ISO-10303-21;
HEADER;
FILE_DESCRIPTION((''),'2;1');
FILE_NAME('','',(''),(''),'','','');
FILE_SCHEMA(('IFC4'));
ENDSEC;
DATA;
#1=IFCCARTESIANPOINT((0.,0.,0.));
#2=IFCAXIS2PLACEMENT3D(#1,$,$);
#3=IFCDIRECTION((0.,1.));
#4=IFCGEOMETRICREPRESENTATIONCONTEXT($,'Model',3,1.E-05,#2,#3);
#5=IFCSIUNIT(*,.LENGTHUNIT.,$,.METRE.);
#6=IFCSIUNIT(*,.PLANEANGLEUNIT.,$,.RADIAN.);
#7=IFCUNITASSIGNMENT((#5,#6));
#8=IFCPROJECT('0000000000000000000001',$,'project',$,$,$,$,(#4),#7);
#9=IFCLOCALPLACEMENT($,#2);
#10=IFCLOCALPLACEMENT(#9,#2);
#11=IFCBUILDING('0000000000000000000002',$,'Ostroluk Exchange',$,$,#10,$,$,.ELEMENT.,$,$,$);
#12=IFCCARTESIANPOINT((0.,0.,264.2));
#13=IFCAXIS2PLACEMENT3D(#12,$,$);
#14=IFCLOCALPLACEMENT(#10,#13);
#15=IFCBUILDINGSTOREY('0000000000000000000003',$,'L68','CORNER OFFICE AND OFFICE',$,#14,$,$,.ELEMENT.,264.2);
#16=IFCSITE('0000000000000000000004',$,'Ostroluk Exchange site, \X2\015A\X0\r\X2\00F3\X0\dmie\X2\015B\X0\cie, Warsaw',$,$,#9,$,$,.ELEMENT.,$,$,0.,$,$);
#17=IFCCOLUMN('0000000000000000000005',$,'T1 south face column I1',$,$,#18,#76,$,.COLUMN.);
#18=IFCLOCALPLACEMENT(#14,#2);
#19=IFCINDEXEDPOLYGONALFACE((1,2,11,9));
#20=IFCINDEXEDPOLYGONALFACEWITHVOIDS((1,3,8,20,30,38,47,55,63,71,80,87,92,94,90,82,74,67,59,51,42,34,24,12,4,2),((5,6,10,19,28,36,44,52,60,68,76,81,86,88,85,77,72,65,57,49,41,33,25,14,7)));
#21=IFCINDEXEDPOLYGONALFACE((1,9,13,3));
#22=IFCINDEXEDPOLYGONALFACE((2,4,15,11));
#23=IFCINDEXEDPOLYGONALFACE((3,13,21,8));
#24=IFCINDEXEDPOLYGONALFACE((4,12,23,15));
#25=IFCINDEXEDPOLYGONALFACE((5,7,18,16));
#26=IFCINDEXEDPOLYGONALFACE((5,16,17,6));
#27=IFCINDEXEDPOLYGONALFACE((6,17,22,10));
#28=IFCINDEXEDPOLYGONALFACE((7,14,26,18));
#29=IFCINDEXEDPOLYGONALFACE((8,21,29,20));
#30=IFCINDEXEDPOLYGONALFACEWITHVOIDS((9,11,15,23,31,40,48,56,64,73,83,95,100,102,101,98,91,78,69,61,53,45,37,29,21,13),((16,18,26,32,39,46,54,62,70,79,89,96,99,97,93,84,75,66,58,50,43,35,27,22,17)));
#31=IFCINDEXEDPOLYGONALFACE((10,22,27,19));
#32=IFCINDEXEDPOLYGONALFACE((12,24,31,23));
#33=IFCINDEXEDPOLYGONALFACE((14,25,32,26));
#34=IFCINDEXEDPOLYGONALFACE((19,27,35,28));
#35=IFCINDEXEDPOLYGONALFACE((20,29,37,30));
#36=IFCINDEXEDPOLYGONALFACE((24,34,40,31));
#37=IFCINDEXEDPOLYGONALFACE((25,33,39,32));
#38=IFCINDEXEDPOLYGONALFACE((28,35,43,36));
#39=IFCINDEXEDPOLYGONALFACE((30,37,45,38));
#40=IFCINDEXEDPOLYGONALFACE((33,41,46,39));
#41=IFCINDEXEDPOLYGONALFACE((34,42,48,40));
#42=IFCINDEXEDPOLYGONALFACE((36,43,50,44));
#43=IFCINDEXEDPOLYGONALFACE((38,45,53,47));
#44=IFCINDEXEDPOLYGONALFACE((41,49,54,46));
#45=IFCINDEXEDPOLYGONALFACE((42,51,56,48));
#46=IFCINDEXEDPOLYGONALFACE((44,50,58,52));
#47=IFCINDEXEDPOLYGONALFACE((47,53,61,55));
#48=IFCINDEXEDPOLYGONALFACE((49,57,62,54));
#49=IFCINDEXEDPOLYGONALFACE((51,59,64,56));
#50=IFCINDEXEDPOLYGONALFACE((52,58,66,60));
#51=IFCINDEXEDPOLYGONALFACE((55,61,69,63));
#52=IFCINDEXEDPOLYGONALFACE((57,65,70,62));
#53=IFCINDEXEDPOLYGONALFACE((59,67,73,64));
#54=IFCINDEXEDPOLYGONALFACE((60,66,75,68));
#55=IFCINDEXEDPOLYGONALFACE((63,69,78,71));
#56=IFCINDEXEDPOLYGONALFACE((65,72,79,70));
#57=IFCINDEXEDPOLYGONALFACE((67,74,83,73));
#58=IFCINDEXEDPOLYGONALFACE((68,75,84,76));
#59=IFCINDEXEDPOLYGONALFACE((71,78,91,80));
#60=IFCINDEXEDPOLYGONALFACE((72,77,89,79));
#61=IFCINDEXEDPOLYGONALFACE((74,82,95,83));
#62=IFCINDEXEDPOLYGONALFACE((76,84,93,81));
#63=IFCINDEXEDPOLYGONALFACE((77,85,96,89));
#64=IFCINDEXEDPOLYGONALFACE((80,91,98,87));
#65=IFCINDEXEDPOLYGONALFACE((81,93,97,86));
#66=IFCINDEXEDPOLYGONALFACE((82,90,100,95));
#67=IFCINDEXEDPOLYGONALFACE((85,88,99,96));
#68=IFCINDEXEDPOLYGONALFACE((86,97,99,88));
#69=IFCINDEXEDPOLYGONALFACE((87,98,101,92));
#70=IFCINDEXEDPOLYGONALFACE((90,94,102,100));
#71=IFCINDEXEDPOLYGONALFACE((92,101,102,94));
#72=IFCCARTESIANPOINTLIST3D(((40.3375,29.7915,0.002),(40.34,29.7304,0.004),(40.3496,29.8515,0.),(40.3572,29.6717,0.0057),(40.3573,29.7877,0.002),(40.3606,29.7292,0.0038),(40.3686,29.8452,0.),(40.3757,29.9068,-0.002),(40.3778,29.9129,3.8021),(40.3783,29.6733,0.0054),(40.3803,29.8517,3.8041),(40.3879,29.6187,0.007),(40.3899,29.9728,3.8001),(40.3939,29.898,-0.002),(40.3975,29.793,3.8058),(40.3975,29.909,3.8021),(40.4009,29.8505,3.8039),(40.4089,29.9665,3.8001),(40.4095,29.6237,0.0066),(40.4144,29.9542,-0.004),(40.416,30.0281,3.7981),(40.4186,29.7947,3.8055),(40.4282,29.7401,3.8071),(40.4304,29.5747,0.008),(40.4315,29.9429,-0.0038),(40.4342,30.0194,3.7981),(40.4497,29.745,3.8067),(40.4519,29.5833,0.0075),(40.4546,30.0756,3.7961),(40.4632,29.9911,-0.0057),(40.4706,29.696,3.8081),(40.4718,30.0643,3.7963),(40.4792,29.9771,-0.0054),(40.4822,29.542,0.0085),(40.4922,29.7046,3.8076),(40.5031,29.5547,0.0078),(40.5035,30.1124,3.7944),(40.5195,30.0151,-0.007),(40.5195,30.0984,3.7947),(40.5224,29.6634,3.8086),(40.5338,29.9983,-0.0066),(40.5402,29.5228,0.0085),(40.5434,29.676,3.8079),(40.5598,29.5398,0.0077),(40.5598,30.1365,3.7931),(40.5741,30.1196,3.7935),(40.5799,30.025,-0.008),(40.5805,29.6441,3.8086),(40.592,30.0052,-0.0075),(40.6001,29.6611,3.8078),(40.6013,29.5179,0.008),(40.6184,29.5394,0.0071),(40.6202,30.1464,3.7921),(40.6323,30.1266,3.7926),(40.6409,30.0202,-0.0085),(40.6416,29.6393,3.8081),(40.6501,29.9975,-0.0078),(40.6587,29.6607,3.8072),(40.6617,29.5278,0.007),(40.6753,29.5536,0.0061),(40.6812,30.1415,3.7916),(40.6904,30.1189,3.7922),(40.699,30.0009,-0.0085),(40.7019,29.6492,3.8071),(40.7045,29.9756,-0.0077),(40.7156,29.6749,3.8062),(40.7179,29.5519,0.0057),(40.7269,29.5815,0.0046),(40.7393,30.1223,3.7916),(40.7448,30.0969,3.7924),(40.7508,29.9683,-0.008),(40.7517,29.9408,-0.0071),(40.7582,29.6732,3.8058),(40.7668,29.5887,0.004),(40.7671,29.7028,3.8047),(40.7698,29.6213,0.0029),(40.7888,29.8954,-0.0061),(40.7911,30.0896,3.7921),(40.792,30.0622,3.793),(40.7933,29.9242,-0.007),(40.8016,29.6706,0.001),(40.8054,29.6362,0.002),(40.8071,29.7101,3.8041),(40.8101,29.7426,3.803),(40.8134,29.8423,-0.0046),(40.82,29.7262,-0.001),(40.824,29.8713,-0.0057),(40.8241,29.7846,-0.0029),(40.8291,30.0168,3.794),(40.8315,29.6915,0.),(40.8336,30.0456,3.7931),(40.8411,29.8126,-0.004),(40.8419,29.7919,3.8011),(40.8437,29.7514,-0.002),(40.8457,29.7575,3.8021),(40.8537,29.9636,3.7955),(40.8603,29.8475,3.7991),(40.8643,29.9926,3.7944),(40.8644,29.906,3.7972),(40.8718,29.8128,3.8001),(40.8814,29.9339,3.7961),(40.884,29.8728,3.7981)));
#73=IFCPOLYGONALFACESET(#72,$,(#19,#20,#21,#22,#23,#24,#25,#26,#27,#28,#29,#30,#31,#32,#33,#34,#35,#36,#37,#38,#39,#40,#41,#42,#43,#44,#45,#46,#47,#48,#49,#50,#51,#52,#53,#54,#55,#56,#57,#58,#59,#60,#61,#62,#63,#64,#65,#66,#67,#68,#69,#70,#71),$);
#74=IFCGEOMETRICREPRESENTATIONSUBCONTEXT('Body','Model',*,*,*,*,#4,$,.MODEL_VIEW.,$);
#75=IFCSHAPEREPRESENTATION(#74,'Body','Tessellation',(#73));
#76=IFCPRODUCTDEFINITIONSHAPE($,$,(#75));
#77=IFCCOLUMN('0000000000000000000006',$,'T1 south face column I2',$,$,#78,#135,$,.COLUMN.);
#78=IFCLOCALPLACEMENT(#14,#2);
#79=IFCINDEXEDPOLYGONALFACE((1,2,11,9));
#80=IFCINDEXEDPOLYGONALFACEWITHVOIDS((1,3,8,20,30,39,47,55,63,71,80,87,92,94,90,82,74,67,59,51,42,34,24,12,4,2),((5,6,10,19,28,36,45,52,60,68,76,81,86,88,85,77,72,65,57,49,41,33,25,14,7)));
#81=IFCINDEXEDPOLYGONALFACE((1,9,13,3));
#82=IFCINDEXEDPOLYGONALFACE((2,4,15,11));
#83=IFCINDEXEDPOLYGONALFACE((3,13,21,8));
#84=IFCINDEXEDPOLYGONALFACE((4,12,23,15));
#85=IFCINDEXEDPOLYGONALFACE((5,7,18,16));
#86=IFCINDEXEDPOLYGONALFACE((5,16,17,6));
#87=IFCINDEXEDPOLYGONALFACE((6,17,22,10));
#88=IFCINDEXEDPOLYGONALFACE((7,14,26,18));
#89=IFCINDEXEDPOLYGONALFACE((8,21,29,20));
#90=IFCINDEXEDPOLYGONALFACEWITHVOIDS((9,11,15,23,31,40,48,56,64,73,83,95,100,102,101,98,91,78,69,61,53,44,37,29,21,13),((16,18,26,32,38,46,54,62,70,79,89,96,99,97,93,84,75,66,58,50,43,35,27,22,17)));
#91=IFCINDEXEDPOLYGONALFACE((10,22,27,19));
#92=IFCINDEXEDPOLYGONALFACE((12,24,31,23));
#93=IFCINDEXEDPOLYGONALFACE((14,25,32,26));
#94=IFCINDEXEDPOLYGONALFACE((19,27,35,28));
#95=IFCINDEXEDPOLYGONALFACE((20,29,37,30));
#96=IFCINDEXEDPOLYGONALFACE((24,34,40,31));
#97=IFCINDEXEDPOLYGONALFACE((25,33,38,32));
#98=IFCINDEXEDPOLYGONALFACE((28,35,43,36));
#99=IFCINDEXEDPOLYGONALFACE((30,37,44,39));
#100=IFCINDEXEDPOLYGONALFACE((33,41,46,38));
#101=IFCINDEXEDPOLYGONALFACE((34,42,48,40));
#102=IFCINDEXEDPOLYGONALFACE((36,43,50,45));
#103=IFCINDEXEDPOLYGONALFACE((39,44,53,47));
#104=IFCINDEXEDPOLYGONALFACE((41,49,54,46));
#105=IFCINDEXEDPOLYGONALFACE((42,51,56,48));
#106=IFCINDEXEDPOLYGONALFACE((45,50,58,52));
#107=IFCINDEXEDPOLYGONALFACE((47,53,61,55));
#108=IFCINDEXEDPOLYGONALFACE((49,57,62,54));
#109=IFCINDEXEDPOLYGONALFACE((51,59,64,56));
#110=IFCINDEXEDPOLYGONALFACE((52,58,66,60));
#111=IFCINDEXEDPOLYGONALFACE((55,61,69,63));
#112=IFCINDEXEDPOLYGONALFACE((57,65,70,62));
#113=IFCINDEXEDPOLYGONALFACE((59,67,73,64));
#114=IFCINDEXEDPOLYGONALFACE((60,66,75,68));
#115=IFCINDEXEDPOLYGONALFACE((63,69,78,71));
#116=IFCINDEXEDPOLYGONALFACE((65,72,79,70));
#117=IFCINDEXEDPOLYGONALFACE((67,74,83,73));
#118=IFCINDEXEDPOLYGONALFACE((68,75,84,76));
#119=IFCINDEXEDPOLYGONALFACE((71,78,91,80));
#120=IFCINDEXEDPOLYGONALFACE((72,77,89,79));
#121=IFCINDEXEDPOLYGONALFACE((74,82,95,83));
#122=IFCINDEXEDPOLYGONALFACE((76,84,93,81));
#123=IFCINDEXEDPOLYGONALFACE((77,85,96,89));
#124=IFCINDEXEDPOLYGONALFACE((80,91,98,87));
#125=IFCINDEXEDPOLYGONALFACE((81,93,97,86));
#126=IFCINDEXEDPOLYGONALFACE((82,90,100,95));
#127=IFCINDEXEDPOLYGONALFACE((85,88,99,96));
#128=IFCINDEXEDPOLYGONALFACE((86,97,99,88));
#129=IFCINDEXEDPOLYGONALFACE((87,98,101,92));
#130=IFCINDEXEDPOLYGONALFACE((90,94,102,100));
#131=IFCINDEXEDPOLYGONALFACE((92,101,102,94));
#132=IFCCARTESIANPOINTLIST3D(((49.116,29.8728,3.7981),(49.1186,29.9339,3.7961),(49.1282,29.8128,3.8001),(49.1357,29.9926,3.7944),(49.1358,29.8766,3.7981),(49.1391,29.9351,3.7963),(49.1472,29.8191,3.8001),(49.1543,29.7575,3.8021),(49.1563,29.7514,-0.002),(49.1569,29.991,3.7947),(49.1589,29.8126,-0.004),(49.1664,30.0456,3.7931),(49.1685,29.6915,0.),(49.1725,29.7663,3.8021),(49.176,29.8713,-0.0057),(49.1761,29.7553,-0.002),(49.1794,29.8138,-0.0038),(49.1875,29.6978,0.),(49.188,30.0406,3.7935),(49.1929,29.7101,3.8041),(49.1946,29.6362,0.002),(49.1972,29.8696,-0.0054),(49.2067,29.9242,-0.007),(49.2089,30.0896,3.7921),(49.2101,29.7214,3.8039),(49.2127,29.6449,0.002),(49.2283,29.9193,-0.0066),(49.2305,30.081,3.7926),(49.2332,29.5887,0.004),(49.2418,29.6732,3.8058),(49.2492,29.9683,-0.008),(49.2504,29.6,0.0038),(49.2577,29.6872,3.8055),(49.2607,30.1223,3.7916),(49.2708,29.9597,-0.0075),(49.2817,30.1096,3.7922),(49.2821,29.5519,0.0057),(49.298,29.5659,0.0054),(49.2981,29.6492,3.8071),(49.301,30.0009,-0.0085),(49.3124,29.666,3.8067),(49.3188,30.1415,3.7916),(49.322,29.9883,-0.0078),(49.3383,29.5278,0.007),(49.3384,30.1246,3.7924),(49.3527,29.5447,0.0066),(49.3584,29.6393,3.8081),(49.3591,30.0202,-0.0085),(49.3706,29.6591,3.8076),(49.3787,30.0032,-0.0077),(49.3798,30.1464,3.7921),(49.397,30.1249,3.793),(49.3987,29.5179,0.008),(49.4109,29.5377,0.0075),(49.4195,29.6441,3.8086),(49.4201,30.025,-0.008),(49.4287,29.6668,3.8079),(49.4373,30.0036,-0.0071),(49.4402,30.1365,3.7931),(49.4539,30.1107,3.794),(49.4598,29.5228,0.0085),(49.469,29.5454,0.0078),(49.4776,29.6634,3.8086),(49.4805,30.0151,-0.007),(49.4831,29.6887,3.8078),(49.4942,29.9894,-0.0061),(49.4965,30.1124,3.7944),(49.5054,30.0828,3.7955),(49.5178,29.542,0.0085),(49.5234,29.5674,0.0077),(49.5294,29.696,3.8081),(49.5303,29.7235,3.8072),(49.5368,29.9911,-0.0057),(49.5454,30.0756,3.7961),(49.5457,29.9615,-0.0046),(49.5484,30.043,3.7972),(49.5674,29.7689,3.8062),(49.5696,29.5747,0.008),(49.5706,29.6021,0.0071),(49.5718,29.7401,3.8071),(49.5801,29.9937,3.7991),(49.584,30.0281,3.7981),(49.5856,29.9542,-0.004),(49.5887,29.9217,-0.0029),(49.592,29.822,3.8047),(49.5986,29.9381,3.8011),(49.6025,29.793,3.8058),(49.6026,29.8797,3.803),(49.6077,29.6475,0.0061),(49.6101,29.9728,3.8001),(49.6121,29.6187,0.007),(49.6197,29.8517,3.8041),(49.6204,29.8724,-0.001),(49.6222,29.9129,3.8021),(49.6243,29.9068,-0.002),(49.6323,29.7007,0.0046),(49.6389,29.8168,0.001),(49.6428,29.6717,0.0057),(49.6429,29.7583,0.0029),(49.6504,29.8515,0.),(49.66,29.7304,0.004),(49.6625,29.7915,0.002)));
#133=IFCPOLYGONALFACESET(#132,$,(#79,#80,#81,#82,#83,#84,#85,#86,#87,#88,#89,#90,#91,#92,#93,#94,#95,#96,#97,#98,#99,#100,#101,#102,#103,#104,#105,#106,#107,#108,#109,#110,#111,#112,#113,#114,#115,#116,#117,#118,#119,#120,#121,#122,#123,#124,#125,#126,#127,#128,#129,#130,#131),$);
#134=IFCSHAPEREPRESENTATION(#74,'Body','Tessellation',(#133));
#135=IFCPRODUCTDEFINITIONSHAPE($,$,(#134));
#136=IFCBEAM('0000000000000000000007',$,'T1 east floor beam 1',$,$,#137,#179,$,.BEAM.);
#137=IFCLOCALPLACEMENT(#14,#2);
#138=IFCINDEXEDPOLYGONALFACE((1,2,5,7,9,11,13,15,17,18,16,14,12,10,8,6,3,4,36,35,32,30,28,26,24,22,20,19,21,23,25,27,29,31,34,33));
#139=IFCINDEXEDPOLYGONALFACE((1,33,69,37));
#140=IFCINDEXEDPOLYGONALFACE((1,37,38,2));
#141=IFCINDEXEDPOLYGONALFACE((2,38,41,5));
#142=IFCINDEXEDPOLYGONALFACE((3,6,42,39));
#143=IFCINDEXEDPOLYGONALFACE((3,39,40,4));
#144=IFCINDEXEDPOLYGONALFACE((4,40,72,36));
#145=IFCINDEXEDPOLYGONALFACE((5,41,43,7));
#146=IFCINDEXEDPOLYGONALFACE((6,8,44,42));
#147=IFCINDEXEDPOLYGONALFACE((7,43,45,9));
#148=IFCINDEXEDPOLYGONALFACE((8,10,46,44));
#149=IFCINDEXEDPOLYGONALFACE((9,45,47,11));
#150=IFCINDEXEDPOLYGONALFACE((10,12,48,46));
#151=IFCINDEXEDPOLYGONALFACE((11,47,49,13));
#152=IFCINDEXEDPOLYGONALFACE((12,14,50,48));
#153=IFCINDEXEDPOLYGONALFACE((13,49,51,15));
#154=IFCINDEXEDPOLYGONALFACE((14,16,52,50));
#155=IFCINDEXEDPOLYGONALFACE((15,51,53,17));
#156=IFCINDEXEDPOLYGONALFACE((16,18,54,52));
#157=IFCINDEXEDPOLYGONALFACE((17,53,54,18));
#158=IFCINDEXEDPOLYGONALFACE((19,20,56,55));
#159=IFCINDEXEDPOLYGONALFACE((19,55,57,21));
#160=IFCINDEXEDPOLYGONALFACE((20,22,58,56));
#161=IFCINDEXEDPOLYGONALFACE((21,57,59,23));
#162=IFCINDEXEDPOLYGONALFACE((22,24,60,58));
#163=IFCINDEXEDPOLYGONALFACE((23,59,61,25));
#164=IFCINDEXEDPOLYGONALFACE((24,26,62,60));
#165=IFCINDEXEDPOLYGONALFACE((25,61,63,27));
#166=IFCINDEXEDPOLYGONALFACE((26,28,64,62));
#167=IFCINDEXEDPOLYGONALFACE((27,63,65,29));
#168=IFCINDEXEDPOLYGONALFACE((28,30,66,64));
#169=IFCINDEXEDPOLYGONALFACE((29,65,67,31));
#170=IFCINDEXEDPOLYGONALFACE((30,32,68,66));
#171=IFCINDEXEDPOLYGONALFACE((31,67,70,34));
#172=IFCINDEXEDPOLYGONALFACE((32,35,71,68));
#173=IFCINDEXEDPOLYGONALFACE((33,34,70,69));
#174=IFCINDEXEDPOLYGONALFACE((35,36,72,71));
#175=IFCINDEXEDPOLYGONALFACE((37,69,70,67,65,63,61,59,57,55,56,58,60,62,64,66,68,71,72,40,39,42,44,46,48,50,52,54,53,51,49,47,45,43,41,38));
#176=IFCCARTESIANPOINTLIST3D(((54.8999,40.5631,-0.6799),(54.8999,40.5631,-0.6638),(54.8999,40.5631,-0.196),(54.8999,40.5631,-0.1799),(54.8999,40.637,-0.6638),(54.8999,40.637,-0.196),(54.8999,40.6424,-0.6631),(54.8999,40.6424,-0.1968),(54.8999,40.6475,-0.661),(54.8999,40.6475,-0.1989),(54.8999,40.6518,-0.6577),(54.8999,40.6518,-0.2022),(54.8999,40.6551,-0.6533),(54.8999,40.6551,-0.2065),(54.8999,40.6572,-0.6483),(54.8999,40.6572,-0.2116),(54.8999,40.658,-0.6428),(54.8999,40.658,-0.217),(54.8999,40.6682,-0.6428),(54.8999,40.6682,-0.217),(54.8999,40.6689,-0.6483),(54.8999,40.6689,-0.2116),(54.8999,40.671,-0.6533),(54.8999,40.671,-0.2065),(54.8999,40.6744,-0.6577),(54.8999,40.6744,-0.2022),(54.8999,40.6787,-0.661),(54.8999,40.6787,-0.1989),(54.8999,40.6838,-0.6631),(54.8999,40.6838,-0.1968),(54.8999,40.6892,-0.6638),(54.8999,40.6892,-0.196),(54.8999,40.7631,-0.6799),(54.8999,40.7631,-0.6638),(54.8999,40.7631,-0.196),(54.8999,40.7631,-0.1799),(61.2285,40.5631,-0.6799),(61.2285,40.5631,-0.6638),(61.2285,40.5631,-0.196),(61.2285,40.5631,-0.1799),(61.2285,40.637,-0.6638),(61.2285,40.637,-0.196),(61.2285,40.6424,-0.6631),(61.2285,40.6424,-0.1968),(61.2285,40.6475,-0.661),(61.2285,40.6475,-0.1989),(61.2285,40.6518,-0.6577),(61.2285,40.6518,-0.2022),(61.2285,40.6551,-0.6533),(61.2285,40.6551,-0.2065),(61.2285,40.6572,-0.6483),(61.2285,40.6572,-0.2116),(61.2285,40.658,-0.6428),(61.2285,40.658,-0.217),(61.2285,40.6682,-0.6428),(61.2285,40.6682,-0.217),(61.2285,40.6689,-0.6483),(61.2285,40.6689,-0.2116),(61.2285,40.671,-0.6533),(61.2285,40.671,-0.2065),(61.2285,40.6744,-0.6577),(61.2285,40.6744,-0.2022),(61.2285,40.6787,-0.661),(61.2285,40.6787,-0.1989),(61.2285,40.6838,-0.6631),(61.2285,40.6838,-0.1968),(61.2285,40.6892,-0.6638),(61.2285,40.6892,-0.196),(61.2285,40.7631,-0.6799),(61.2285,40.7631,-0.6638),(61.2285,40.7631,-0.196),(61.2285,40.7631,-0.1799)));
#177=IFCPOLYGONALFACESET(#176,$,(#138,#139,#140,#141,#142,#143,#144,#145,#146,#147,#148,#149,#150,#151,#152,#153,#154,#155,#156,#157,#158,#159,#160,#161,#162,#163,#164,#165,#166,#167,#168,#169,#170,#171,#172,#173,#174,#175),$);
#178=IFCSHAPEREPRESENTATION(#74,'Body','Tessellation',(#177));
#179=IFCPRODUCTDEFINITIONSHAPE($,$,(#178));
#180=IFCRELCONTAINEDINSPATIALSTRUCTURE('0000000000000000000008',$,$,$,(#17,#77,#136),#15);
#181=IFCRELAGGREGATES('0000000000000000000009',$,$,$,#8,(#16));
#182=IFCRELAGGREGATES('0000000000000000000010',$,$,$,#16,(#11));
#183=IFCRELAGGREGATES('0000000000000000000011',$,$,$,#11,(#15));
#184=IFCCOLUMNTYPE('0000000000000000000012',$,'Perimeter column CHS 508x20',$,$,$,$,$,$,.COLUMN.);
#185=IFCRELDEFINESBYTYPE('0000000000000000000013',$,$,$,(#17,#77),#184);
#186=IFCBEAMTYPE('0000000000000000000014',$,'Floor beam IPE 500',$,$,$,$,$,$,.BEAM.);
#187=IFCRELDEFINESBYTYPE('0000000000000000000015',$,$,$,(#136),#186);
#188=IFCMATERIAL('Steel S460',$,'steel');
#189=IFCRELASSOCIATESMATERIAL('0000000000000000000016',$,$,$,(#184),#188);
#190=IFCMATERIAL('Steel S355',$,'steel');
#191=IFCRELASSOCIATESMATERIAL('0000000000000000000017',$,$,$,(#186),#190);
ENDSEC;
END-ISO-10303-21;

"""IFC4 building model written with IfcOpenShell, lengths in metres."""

from ifc_helpers import new_model, si_unit, direction, frame, origin, origin_2d, place, context, subcontext, project, spatial, hollow_circle, i_section, extrude, material, material_profile, profile_set, type_object, element, save


model = new_model("IFC4")

# Units and contexts
model_context = context("Model", 3, precision=1e-05, world=origin(), true_north=direction((0.0, 1.0)))
body_context = subcontext(model_context, "Body", "Model", "MODEL_VIEW")
ifc_project = project(units=[si_unit("LENGTHUNIT", "METRE"), si_unit("PLANEANGLEUNIT", "RADIAN")], contexts=[model_context])

# Site, building, storey
site_placement = place(None, origin())
site = spatial("IfcSite", under=ifc_project, at=site_placement, Name="Ostroluk Exchange site, Śródmieście, Warsaw", CompositionType="ELEMENT", RefElevation=0.0)
building_placement = place(site_placement, origin())
building = spatial("IfcBuilding", under=site, at=building_placement, Name="Ostroluk Exchange", CompositionType="ELEMENT")
storey_placement = place(building_placement, frame((0.0, 0.0, 264.2)))
storey = spatial("IfcBuildingStorey", under=building, at=storey_placement, Name="L68", Description="CORNER OFFICE AND OFFICE", CompositionType="ELEMENT", Elevation=264.2)

# Columns
ifc_material_1 = material(Name="Steel S460", Category="steel")
ifc_material_profile_1 = material_profile(ifc_material_1, hollow_circle(Radius=0.2539, WallThickness=0.02, at=origin_2d()), Name="CHS 508x20")
ifc_profile_set_1 = profile_set([ifc_material_profile_1], Name="Steel S460")
column_type = type_object("IfcColumnType", Name="Perimeter column CHS 508x20", PredefinedType="COLUMN", material=ifc_profile_set_1)
for number, where, z_axis, x_axis, name in (
    (1, (40.5906, 29.7715, 0.0), (0.010595, 0.031913, 0.999435), (-0.949065, 0.315082, 0.0), "T1 south face column I1"),
    (2, (49.4094, 29.7715, 0.0), (-0.010595, 0.031913, 0.999435), (-0.949065, -0.315082, 0.0), "T1 south face column I2"),
):
    element("IfcColumn", number, at=place(storey_placement, frame(where, z_axis=z_axis, x_axis=x_axis)), inside=storey, type_object=column_type, Name=name, PredefinedType="COLUMN", context=body_context, shape_type="SweptSolid", body=[
        extrude(hollow_circle(Radius=0.2539, WallThickness=0.02, at=origin_2d()), origin(), (0.0, 0.0, 1.0), 3.8022),
    ])

# Beam
ifc_material_2 = material(Name="Steel S355", Category="steel")
ifc_material_profile_2 = material_profile(ifc_material_2, i_section(OverallWidth=0.2, OverallDepth=0.5, WebThickness=0.0103, FlangeThickness=0.0161, FilletRadius=0.021, at=origin_2d()), Name="IPE 500")
ifc_profile_set_2 = profile_set([ifc_material_profile_2], Name="Steel S355")
beam_type_1 = type_object("IfcBeamType", Name="Floor beam IPE 500", PredefinedType="BEAM", material=ifc_profile_set_2)
for number, where, z_axis, x_axis, name in (
    (3, (54.8999, 40.6631, -0.4299), (1.0, 0.0, 0.0), (0.0, 1.0, 0.0), "T1 east floor beam 1"),
):
    element("IfcBeam", number, at=place(storey_placement, frame(where, z_axis=z_axis, x_axis=x_axis)), inside=storey, type_object=beam_type_1, Name=name, PredefinedType="BEAM", context=body_context, shape_type="SweptSolid", body=[
        extrude(i_section(OverallWidth=0.2, OverallDepth=0.5, WebThickness=0.0103, FlangeThickness=0.0161, FilletRadius=0.021, at=origin_2d()), origin(), (0.0, 0.0, 1.0), 6.3286),
    ])

save(model, "model.ifc")
